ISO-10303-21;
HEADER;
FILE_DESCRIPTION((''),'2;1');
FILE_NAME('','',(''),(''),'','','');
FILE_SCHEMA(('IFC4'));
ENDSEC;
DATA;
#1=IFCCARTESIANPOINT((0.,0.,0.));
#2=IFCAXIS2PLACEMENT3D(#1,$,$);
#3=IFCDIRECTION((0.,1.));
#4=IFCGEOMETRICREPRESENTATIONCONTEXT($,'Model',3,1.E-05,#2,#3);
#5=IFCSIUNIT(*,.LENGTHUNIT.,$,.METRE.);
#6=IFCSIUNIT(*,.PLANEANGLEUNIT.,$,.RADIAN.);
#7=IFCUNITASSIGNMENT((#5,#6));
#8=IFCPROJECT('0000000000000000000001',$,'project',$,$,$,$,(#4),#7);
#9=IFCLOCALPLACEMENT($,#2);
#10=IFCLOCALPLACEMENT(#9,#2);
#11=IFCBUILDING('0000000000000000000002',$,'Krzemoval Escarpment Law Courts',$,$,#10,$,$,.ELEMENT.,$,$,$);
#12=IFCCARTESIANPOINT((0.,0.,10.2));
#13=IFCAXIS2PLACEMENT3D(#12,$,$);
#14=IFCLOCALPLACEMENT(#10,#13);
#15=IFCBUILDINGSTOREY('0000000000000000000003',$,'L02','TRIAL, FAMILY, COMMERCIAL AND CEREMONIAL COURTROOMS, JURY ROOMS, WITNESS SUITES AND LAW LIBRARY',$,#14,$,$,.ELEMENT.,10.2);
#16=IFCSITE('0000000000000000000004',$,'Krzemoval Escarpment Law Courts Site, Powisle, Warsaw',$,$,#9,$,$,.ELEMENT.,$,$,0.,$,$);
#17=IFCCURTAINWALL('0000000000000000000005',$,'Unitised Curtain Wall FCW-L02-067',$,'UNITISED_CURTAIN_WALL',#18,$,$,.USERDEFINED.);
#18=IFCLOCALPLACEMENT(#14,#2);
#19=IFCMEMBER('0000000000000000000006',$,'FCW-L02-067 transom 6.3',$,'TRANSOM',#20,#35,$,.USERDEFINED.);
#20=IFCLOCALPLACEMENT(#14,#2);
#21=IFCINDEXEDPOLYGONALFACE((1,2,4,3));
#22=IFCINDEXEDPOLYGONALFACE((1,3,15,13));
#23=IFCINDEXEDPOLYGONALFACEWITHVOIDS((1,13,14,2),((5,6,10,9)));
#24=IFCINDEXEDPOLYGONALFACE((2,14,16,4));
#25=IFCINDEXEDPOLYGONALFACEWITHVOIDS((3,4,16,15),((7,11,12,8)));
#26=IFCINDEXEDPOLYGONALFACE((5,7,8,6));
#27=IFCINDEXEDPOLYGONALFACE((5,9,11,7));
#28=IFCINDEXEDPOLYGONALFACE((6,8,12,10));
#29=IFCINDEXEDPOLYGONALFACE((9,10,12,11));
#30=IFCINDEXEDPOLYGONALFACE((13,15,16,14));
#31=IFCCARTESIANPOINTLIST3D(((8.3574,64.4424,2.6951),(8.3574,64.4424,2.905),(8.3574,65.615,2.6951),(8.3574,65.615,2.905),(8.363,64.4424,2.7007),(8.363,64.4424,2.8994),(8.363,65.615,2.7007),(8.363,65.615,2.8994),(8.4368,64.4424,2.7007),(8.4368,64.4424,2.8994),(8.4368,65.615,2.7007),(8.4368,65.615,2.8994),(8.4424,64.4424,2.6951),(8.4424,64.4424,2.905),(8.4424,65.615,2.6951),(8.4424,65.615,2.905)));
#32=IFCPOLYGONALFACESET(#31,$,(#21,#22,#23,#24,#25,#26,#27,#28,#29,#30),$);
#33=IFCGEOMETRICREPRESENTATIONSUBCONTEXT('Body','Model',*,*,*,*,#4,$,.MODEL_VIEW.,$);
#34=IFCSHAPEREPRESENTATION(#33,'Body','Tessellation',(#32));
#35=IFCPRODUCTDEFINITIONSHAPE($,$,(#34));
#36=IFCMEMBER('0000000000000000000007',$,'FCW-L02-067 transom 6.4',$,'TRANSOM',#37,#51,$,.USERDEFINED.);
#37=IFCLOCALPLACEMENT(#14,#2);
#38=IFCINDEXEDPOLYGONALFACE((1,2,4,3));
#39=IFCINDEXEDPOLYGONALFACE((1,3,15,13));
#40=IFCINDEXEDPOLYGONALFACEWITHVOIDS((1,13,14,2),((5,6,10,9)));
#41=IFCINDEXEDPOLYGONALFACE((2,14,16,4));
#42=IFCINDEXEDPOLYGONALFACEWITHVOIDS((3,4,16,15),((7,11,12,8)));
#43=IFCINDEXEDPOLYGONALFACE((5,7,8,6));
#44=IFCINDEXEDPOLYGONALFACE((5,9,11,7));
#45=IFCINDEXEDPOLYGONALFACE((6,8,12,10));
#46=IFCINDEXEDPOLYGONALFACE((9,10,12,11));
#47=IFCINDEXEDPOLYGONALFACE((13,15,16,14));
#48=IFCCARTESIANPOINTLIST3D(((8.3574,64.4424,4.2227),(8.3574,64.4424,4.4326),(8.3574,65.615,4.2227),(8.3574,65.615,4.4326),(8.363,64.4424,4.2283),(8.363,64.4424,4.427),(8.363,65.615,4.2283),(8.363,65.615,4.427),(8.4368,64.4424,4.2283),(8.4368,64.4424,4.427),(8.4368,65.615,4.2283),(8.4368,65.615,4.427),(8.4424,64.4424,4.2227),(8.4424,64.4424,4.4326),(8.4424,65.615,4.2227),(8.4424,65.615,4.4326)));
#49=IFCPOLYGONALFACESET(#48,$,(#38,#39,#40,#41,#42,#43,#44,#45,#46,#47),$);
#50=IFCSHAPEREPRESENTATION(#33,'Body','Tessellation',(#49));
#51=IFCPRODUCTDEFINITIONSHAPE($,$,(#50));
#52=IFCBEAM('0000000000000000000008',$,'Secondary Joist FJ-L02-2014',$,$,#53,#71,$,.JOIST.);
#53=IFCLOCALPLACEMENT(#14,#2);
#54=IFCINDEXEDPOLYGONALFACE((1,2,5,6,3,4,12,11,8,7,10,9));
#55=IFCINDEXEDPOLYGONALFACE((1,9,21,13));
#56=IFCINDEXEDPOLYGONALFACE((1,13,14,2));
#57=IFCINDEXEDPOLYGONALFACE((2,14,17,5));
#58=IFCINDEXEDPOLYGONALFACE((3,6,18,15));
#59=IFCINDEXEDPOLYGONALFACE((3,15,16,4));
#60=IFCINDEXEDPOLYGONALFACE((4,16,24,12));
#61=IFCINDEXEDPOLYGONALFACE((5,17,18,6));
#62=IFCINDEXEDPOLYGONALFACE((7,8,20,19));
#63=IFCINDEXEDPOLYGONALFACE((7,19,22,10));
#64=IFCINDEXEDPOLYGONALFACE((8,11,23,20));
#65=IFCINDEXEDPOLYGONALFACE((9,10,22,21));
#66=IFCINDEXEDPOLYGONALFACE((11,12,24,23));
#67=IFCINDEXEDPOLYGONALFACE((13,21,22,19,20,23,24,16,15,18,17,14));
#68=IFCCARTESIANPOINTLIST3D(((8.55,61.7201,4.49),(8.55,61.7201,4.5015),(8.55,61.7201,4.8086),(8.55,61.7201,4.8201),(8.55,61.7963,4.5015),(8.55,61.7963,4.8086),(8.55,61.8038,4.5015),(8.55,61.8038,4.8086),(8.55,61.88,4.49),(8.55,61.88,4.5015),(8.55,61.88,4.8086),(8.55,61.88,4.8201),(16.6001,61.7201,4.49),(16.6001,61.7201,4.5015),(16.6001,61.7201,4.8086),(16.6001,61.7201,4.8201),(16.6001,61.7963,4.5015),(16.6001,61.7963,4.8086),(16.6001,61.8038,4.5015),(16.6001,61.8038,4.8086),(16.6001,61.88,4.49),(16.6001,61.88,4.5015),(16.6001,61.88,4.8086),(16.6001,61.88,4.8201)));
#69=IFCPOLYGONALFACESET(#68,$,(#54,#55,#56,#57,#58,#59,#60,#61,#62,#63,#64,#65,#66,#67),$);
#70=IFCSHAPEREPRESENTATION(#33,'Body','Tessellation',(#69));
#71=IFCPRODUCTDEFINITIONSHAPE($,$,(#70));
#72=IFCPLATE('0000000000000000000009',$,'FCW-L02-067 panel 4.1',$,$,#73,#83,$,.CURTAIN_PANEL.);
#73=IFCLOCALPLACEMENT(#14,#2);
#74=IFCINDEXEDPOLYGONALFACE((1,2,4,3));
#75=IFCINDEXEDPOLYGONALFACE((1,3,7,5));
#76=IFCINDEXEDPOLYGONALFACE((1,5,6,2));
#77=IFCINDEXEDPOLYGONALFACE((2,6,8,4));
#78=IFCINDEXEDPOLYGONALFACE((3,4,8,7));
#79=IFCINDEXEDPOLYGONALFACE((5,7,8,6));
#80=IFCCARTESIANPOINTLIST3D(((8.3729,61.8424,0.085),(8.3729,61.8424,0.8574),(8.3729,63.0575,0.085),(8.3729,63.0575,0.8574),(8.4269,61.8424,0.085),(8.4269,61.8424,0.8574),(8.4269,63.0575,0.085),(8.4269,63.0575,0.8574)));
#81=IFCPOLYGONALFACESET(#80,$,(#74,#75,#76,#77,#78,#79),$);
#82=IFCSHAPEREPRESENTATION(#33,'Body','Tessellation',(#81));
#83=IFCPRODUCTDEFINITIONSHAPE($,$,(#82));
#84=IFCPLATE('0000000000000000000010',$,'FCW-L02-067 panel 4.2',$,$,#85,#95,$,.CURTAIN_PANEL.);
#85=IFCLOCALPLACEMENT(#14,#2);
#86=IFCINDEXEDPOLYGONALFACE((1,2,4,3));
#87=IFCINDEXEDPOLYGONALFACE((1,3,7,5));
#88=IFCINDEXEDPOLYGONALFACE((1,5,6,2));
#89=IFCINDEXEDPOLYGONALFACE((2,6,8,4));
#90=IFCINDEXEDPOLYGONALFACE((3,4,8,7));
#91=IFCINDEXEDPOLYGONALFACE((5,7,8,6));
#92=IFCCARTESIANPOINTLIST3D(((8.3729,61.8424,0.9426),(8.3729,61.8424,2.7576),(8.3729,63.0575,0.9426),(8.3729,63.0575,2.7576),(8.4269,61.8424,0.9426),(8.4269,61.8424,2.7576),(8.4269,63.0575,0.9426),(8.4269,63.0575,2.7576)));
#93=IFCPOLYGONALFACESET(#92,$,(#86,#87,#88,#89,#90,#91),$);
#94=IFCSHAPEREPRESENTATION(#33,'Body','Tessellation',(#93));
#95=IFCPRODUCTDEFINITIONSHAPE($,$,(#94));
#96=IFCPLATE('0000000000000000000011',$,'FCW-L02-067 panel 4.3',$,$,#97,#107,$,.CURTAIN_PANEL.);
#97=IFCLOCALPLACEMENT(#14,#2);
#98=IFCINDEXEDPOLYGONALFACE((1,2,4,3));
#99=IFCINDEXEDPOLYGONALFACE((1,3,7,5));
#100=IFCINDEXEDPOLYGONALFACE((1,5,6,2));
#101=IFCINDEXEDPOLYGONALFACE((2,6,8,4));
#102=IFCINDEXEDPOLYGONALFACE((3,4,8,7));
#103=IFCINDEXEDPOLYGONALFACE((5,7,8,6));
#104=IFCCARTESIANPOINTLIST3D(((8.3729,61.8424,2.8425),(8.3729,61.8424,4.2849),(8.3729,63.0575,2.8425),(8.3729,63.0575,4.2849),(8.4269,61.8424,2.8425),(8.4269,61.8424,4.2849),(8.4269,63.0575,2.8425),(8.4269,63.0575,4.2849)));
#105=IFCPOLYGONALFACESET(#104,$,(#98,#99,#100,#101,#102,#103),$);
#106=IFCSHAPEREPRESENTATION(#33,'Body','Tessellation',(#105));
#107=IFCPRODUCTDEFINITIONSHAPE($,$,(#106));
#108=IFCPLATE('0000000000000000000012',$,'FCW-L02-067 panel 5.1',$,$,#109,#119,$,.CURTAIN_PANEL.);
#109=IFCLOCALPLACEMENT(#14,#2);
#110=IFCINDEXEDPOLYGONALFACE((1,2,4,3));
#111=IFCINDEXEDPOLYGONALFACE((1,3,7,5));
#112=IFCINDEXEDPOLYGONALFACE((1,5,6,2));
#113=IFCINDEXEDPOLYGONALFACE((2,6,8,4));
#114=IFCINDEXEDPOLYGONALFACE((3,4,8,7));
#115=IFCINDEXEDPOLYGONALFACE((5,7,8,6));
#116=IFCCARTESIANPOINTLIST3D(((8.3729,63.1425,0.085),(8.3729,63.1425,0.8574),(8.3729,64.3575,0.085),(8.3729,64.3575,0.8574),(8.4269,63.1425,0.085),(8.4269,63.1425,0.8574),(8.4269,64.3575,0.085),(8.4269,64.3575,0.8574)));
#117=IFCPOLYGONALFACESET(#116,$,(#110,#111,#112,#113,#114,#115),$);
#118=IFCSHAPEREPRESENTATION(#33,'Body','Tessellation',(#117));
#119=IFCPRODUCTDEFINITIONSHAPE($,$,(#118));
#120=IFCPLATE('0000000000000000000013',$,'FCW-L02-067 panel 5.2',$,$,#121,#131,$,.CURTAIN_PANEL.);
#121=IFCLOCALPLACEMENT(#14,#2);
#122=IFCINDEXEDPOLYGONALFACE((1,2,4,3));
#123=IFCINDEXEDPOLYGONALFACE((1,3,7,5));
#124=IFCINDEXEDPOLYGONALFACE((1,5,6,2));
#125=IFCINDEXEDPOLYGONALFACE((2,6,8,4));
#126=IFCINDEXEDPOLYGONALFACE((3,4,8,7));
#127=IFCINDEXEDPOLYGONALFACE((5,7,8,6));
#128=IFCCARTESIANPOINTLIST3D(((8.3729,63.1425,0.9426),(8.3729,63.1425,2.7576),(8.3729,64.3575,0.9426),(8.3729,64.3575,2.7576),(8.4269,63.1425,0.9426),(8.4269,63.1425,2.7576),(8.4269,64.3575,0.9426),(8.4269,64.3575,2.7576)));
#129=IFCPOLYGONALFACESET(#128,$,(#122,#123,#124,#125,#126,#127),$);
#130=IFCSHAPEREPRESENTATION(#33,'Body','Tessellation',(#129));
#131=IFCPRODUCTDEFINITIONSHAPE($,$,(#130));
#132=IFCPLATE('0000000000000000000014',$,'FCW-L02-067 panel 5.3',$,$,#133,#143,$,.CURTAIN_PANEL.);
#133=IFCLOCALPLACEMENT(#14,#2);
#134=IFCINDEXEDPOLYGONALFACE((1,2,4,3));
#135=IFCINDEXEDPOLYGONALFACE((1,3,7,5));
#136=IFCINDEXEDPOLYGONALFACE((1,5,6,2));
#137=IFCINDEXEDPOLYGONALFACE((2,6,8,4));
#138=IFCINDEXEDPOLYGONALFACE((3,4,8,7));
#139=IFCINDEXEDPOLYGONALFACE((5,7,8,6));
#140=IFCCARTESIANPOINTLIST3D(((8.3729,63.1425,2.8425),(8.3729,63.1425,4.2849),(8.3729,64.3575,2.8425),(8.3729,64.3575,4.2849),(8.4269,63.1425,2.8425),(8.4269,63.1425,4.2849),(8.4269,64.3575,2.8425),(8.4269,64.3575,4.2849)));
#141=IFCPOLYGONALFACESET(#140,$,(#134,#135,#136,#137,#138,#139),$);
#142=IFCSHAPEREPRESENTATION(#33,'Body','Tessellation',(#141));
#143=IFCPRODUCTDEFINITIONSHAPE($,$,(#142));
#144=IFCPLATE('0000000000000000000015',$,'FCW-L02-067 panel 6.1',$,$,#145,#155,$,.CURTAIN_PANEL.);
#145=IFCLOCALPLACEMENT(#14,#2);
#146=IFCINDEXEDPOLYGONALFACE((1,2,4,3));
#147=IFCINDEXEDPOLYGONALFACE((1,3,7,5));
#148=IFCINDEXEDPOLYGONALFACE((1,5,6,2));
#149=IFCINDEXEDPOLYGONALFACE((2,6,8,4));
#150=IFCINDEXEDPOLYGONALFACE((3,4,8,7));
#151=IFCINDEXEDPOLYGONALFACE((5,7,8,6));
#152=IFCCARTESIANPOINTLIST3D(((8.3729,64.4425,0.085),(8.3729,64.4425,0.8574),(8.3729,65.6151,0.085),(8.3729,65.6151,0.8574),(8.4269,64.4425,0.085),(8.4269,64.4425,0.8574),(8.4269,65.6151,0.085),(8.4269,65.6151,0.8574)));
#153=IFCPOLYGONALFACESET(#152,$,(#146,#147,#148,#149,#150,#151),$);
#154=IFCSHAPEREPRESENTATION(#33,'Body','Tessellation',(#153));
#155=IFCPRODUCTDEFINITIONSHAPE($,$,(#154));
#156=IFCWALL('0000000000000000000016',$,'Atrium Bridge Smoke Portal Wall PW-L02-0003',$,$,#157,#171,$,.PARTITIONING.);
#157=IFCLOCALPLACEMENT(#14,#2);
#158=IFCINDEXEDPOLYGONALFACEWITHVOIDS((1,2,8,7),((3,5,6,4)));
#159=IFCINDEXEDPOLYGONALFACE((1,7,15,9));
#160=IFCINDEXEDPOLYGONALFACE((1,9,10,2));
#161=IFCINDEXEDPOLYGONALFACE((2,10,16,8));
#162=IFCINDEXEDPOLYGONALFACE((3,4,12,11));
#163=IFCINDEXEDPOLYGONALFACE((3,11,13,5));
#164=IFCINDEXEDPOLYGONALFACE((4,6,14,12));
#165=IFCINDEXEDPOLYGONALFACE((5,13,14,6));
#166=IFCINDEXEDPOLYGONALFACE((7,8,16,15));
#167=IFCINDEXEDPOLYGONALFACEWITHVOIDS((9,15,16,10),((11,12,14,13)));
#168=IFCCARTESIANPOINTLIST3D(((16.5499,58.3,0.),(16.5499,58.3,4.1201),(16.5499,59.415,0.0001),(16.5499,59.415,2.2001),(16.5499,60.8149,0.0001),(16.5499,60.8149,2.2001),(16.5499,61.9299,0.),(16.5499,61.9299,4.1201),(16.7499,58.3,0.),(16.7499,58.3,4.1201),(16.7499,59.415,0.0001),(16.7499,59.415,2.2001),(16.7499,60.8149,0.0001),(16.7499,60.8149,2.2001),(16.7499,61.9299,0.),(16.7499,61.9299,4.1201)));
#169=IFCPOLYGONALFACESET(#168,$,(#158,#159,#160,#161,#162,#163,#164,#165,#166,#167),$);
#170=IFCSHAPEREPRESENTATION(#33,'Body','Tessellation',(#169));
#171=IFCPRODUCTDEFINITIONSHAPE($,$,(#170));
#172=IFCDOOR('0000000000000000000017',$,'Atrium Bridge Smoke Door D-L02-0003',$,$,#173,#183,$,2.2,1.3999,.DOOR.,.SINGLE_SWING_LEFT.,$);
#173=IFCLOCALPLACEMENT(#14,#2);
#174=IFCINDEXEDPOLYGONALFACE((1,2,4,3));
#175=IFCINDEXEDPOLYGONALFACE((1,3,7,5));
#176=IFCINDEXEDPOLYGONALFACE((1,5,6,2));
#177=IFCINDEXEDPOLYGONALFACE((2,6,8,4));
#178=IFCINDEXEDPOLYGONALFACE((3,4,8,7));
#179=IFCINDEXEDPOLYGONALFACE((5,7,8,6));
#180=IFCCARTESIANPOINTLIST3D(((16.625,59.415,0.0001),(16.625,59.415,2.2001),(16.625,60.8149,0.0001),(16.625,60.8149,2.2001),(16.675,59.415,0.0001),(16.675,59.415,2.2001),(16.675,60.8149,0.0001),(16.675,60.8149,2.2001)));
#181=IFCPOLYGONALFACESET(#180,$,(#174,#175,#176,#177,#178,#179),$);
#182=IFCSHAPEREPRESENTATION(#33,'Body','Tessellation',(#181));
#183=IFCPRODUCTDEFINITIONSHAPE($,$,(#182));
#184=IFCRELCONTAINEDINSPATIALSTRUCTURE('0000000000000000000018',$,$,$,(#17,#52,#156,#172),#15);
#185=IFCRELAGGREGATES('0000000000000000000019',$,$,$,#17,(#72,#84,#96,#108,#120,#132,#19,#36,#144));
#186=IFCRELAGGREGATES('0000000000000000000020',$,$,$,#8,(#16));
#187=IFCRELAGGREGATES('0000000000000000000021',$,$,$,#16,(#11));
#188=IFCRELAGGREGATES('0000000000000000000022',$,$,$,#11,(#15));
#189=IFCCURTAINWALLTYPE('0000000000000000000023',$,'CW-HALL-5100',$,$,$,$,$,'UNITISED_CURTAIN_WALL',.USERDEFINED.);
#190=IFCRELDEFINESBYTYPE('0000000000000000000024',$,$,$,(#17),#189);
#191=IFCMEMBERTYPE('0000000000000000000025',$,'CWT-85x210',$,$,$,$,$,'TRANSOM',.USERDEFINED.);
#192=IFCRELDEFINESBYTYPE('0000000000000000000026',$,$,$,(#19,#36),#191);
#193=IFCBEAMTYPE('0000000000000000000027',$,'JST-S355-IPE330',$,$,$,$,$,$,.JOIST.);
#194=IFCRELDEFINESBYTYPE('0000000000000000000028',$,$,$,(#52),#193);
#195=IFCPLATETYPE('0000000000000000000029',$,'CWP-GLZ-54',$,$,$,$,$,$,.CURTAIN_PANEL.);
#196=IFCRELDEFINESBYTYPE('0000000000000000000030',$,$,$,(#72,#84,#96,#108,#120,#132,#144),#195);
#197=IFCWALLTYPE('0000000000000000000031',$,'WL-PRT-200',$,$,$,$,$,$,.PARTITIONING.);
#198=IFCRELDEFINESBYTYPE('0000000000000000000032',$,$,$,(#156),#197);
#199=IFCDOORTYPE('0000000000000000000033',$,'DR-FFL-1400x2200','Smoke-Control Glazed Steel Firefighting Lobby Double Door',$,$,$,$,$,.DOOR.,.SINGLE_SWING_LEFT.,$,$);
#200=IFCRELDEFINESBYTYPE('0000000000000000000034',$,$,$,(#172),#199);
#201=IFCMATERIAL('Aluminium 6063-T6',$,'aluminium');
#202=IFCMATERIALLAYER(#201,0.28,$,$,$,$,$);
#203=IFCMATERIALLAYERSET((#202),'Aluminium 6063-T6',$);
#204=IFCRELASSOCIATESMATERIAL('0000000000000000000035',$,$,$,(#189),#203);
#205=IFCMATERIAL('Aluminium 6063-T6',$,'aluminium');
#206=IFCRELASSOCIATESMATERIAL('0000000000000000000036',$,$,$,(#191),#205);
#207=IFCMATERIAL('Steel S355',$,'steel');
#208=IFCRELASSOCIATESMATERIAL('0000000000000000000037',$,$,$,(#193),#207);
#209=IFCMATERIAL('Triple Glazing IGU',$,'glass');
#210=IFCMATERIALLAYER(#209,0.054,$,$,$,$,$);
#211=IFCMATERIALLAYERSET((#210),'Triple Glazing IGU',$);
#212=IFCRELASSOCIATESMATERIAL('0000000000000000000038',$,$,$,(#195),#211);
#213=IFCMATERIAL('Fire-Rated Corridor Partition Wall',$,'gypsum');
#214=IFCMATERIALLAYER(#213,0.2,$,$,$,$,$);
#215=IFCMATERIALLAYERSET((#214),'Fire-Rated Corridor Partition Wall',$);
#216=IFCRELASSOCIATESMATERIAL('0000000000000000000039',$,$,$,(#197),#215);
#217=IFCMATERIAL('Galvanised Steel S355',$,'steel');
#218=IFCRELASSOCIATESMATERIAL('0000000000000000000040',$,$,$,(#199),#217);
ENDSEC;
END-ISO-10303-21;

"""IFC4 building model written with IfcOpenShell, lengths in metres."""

from ifc_helpers import new_model, si_unit, direction, frame, frame_2d, origin, origin_2d, place, context, subcontext, project, spatial, rectangle, hollow_rectangle, i_section, extrude, material, layer, layer_set, material_profile, profile_set, type_object, element, fill, aggregate, save


model = new_model("IFC4")

# Units and contexts
model_context = context("Model", 3, precision=1e-05, world=origin(), true_north=direction((0.0, 1.0)))
body_context = subcontext(model_context, "Body", "Model", "MODEL_VIEW")
ifc_project = project(units=[si_unit("LENGTHUNIT", "METRE"), si_unit("PLANEANGLEUNIT", "RADIAN")], contexts=[model_context])

# Site, building, storey
site_placement = place(None, origin())
site = spatial("IfcSite", under=ifc_project, at=site_placement, Name="Krzemoval Escarpment Law Courts Site, Powisle, Warsaw", CompositionType="ELEMENT", RefElevation=0.0)
building_placement = place(site_placement, origin())
building = spatial("IfcBuilding", under=site, at=building_placement, Name="Krzemoval Escarpment Law Courts", CompositionType="ELEMENT")
storey_placement = place(building_placement, frame((0.0, 0.0, 10.2)))
storey = spatial("IfcBuildingStorey", under=building, at=storey_placement, Name="L02", Description="TRIAL, FAMILY, COMMERCIAL AND CEREMONIAL COURTROOMS, JURY ROOMS, WITNESS SUITES AND LAW LIBRARY", CompositionType="ELEMENT", Elevation=10.2)

# Curtain wall, members
ifc_material_1 = material(Name="Aluminium 6063-T6", Category="aluminium")
ifc_layer_1 = layer(ifc_material_1, 0.28)
ifc_layer_set_1 = layer_set([ifc_layer_1], Name="Aluminium 6063-T6")
curtain_wall_type = type_object("IfcCurtainWallType", Name="CW-HALL-5100", ElementType="UNITISED_CURTAIN_WALL", PredefinedType="USERDEFINED", material=ifc_layer_set_1)
curtain_wall_placement = place(storey_placement, origin())
curtain_wall = element("IfcCurtainWall", 1, at=curtain_wall_placement, inside=storey, type_object=curtain_wall_type, Name="Unitised Curtain Wall FCW-L02-067", ObjectType="UNITISED_CURTAIN_WALL", PredefinedType="USERDEFINED")
ifc_material_2 = material(Name="Aluminium 6063-T6", Category="aluminium")
ifc_material_profile_1 = material_profile(ifc_material_2, hollow_rectangle(XDim=0.085, YDim=0.21, WallThickness=0.0056, at=origin_2d()), Name="ALU T85x210")
ifc_profile_set_1 = profile_set([ifc_material_profile_1], Name="Aluminium 6063-T6")
member_type_1 = type_object("IfcMemberType", Name="CWT-85x210", ElementType="TRANSOM", PredefinedType="USERDEFINED", material=ifc_profile_set_1)
member_1_placement = place(storey_placement, frame((8.3999, 64.4424, 2.8), z_axis=(0.0, 1.0, 0.0), x_axis=(-1.0, 0.0, 0.0)))
member_1 = element("IfcMember", 2, at=member_1_placement, type_object=member_type_1, Name="FCW-L02-067 transom 6.3", ObjectType="TRANSOM", PredefinedType="USERDEFINED", context=body_context, shape_type="SweptSolid", body=[
    extrude(hollow_rectangle(XDim=0.085, YDim=0.21, WallThickness=0.0056, at=origin_2d()), origin(), (0.0, 0.0, 1.0), 1.1726),
])
member_2_placement = place(storey_placement, frame((8.3999, 64.4424, 4.3276), z_axis=(0.0, 1.0, 0.0), x_axis=(-1.0, 0.0, 0.0)))
member_2 = element("IfcMember", 3, at=member_2_placement, type_object=member_type_1, Name="FCW-L02-067 transom 6.4", ObjectType="TRANSOM", PredefinedType="USERDEFINED", context=body_context, shape_type="SweptSolid", body=[
    extrude(hollow_rectangle(XDim=0.085, YDim=0.21, WallThickness=0.0056, at=origin_2d()), origin(), (0.0, 0.0, 1.0), 1.1726),
])

# Beam
ifc_material_3 = material(Name="Steel S355", Category="steel")
ifc_material_profile_2 = material_profile(ifc_material_3, i_section(OverallWidth=0.1599, OverallDepth=0.3301, WebThickness=0.0076, FlangeThickness=0.0115, at=origin_2d()), Name="IPE 330")
ifc_profile_set_2 = profile_set([ifc_material_profile_2], Name="Steel S355")
beam_type_1 = type_object("IfcBeamType", Name="JST-S355-IPE330", PredefinedType="JOIST", material=ifc_profile_set_2)
beam_1_placement = place(storey_placement, frame((8.55, 61.8, 4.655), z_axis=(1.0, 0.0, 0.0), x_axis=(0.0, 1.0, 0.0)))
element("IfcBeam", 4, at=beam_1_placement, inside=storey, type_object=beam_type_1, Name="Secondary Joist FJ-L02-2014", PredefinedType="JOIST", context=body_context, shape_type="SweptSolid", body=[
    extrude(i_section(OverallWidth=0.1599, OverallDepth=0.3301, WebThickness=0.0076, FlangeThickness=0.0115, at=origin_2d()), origin(), (0.0, 0.0, 1.0), 8.05),
])

# Plates
ifc_material_4 = material(Name="Triple Glazing IGU", Category="glass")
ifc_layer_2 = layer(ifc_material_4, 0.054)
ifc_layer_set_2 = layer_set([ifc_layer_2], Name="Triple Glazing IGU")
plate_type = type_object("IfcPlateType", Name="CWP-GLZ-54", PredefinedType="CURTAIN_PANEL", material=ifc_layer_set_2)
plate_1_placement = place(storey_placement, frame((8.3999, 62.45, 0.085), z_axis=(0.0, 0.0, 1.0), x_axis=(0.0, 1.0, 0.0)))
plate_1 = element("IfcPlate", 5, at=plate_1_placement, type_object=plate_type, Name="FCW-L02-067 panel 4.1", PredefinedType="CURTAIN_PANEL", context=body_context, shape_type="SweptSolid", body=[
    extrude(rectangle(XDim=1.2151, YDim=0.054, at=origin_2d()), origin(), (0.0, 0.0, 1.0), 0.7725),
])
plate_2_placement = place(storey_placement, frame((8.3999, 62.45, 0.9426), z_axis=(0.0, 0.0, 1.0), x_axis=(0.0, 1.0, 0.0)))
plate_2 = element("IfcPlate", 6, at=plate_2_placement, type_object=plate_type, Name="FCW-L02-067 panel 4.2", PredefinedType="CURTAIN_PANEL", context=body_context, shape_type="SweptSolid", body=[
    extrude(rectangle(XDim=1.2151, YDim=0.054, at=origin_2d()), origin(), (0.0, 0.0, 1.0), 1.8149),
])
plate_3_placement = place(storey_placement, frame((8.3999, 62.45, 2.8425), z_axis=(0.0, 0.0, 1.0), x_axis=(0.0, 1.0, 0.0)))
plate_3 = element("IfcPlate", 7, at=plate_3_placement, type_object=plate_type, Name="FCW-L02-067 panel 4.3", PredefinedType="CURTAIN_PANEL", context=body_context, shape_type="SweptSolid", body=[
    extrude(rectangle(XDim=1.2151, YDim=0.054, at=origin_2d()), origin(), (0.0, 0.0, 1.0), 1.4424),
])
plate_4_placement = place(storey_placement, frame((8.3999, 63.75, 0.085), z_axis=(0.0, 0.0, 1.0), x_axis=(0.0, 1.0, 0.0)))
plate_4 = element("IfcPlate", 8, at=plate_4_placement, type_object=plate_type, Name="FCW-L02-067 panel 5.1", PredefinedType="CURTAIN_PANEL", context=body_context, shape_type="SweptSolid", body=[
    extrude(rectangle(XDim=1.2151, YDim=0.054, at=origin_2d()), origin(), (0.0, 0.0, 1.0), 0.7725),
])
plate_5_placement = place(storey_placement, frame((8.3999, 63.75, 0.9426), z_axis=(0.0, 0.0, 1.0), x_axis=(0.0, 1.0, 0.0)))
plate_5 = element("IfcPlate", 9, at=plate_5_placement, type_object=plate_type, Name="FCW-L02-067 panel 5.2", PredefinedType="CURTAIN_PANEL", context=body_context, shape_type="SweptSolid", body=[
    extrude(rectangle(XDim=1.2151, YDim=0.054, at=origin_2d()), origin(), (0.0, 0.0, 1.0), 1.8149),
])
plate_6_placement = place(storey_placement, frame((8.3999, 63.75, 2.8425), z_axis=(0.0, 0.0, 1.0), x_axis=(0.0, 1.0, 0.0)))
plate_6 = element("IfcPlate", 10, at=plate_6_placement, type_object=plate_type, Name="FCW-L02-067 panel 5.3", PredefinedType="CURTAIN_PANEL", context=body_context, shape_type="SweptSolid", body=[
    extrude(rectangle(XDim=1.2151, YDim=0.054, at=origin_2d()), origin(), (0.0, 0.0, 1.0), 1.4424),
])
plate_7_placement = place(storey_placement, frame((8.3999, 65.0288, 0.085), z_axis=(0.0, 0.0, 1.0), x_axis=(0.0, 1.0, 0.0)))
plate_7 = element("IfcPlate", 11, at=plate_7_placement, type_object=plate_type, Name="FCW-L02-067 panel 6.1", PredefinedType="CURTAIN_PANEL", context=body_context, shape_type="SweptSolid", body=[
    extrude(rectangle(XDim=1.1726, YDim=0.054, at=origin_2d()), origin(), (0.0, 0.0, 1.0), 0.7725),
])
aggregate(curtain_wall, [plate_1, plate_2, plate_3, plate_4, plate_5, plate_6, member_1, member_2, plate_7])

# Wall, opening, door
ifc_material_5 = material(Name="Fire-Rated Corridor Partition Wall", Category="gypsum")
ifc_layer_3 = layer(ifc_material_5, 0.2)
ifc_layer_set_3 = layer_set([ifc_layer_3], Name="Fire-Rated Corridor Partition Wall")
wall_type = type_object("IfcWallType", Name="WL-PRT-200", PredefinedType="PARTITIONING", material=ifc_layer_set_3)
wall_placement = place(storey_placement, frame((16.6499, 58.3, 0.0), z_axis=(0.0, 0.0, 1.0), x_axis=(0.0, 1.0, 0.0)))
wall = element("IfcWall", 12, at=wall_placement, inside=storey, type_object=wall_type, Name="Atrium Bridge Smoke Portal Wall PW-L02-0003", PredefinedType="PARTITIONING", context=body_context, shape_type="SweptSolid", body=[
    extrude(rectangle(XDim=3.6299, YDim=0.2, at=frame_2d((1.8149, 0.0))), origin(), (0.0, 0.0, 1.0), 4.1201),
])
opening_placement = place(wall_placement, frame((1.115, 0.0, 0.0)))
opening = element("IfcOpeningElement", 13, at=opening_placement, cuts=wall, PredefinedType="OPENING", context=body_context, shape_type="SweptSolid", body=[
    extrude(rectangle(XDim=1.3999, YDim=2.2, at=frame_2d((0.7, 1.1001))), frame((0.0, 0.115, 0.0), z_axis=(0.0, -1.0, 0.0), x_axis=(1.0, 0.0, 0.0)), (0.0, 0.0, 1.0), 0.2299),
])
ifc_material_6 = material(Name="Galvanised Steel S355", Category="steel")
door_type = type_object("IfcDoorType", Name="DR-FFL-1400x2200", Description="Smoke-Control Glazed Steel Firefighting Lobby Double Door", OperationType="SINGLE_SWING_LEFT", PredefinedType="DOOR", material=ifc_material_6)
door_placement = place(opening_placement, origin())
door = element("IfcDoor", 14, at=door_placement, inside=storey, type_object=door_type, Name="Atrium Bridge Smoke Door D-L02-0003", OperationType="SINGLE_SWING_LEFT", OverallHeight=2.2, OverallWidth=1.3999, PredefinedType="DOOR", context=body_context, shape_type="SweptSolid", body=[
    extrude(rectangle(XDim=1.3999, YDim=2.2, at=frame_2d((0.7, 1.1001))), frame((0.0, 0.0249, 0.0), z_axis=(0.0, -1.0, 0.0), x_axis=(1.0, 0.0, 0.0)), (0.0, 0.0, 1.0), 0.05),
])
fill(opening, door)

save(model, "model.ifc")
